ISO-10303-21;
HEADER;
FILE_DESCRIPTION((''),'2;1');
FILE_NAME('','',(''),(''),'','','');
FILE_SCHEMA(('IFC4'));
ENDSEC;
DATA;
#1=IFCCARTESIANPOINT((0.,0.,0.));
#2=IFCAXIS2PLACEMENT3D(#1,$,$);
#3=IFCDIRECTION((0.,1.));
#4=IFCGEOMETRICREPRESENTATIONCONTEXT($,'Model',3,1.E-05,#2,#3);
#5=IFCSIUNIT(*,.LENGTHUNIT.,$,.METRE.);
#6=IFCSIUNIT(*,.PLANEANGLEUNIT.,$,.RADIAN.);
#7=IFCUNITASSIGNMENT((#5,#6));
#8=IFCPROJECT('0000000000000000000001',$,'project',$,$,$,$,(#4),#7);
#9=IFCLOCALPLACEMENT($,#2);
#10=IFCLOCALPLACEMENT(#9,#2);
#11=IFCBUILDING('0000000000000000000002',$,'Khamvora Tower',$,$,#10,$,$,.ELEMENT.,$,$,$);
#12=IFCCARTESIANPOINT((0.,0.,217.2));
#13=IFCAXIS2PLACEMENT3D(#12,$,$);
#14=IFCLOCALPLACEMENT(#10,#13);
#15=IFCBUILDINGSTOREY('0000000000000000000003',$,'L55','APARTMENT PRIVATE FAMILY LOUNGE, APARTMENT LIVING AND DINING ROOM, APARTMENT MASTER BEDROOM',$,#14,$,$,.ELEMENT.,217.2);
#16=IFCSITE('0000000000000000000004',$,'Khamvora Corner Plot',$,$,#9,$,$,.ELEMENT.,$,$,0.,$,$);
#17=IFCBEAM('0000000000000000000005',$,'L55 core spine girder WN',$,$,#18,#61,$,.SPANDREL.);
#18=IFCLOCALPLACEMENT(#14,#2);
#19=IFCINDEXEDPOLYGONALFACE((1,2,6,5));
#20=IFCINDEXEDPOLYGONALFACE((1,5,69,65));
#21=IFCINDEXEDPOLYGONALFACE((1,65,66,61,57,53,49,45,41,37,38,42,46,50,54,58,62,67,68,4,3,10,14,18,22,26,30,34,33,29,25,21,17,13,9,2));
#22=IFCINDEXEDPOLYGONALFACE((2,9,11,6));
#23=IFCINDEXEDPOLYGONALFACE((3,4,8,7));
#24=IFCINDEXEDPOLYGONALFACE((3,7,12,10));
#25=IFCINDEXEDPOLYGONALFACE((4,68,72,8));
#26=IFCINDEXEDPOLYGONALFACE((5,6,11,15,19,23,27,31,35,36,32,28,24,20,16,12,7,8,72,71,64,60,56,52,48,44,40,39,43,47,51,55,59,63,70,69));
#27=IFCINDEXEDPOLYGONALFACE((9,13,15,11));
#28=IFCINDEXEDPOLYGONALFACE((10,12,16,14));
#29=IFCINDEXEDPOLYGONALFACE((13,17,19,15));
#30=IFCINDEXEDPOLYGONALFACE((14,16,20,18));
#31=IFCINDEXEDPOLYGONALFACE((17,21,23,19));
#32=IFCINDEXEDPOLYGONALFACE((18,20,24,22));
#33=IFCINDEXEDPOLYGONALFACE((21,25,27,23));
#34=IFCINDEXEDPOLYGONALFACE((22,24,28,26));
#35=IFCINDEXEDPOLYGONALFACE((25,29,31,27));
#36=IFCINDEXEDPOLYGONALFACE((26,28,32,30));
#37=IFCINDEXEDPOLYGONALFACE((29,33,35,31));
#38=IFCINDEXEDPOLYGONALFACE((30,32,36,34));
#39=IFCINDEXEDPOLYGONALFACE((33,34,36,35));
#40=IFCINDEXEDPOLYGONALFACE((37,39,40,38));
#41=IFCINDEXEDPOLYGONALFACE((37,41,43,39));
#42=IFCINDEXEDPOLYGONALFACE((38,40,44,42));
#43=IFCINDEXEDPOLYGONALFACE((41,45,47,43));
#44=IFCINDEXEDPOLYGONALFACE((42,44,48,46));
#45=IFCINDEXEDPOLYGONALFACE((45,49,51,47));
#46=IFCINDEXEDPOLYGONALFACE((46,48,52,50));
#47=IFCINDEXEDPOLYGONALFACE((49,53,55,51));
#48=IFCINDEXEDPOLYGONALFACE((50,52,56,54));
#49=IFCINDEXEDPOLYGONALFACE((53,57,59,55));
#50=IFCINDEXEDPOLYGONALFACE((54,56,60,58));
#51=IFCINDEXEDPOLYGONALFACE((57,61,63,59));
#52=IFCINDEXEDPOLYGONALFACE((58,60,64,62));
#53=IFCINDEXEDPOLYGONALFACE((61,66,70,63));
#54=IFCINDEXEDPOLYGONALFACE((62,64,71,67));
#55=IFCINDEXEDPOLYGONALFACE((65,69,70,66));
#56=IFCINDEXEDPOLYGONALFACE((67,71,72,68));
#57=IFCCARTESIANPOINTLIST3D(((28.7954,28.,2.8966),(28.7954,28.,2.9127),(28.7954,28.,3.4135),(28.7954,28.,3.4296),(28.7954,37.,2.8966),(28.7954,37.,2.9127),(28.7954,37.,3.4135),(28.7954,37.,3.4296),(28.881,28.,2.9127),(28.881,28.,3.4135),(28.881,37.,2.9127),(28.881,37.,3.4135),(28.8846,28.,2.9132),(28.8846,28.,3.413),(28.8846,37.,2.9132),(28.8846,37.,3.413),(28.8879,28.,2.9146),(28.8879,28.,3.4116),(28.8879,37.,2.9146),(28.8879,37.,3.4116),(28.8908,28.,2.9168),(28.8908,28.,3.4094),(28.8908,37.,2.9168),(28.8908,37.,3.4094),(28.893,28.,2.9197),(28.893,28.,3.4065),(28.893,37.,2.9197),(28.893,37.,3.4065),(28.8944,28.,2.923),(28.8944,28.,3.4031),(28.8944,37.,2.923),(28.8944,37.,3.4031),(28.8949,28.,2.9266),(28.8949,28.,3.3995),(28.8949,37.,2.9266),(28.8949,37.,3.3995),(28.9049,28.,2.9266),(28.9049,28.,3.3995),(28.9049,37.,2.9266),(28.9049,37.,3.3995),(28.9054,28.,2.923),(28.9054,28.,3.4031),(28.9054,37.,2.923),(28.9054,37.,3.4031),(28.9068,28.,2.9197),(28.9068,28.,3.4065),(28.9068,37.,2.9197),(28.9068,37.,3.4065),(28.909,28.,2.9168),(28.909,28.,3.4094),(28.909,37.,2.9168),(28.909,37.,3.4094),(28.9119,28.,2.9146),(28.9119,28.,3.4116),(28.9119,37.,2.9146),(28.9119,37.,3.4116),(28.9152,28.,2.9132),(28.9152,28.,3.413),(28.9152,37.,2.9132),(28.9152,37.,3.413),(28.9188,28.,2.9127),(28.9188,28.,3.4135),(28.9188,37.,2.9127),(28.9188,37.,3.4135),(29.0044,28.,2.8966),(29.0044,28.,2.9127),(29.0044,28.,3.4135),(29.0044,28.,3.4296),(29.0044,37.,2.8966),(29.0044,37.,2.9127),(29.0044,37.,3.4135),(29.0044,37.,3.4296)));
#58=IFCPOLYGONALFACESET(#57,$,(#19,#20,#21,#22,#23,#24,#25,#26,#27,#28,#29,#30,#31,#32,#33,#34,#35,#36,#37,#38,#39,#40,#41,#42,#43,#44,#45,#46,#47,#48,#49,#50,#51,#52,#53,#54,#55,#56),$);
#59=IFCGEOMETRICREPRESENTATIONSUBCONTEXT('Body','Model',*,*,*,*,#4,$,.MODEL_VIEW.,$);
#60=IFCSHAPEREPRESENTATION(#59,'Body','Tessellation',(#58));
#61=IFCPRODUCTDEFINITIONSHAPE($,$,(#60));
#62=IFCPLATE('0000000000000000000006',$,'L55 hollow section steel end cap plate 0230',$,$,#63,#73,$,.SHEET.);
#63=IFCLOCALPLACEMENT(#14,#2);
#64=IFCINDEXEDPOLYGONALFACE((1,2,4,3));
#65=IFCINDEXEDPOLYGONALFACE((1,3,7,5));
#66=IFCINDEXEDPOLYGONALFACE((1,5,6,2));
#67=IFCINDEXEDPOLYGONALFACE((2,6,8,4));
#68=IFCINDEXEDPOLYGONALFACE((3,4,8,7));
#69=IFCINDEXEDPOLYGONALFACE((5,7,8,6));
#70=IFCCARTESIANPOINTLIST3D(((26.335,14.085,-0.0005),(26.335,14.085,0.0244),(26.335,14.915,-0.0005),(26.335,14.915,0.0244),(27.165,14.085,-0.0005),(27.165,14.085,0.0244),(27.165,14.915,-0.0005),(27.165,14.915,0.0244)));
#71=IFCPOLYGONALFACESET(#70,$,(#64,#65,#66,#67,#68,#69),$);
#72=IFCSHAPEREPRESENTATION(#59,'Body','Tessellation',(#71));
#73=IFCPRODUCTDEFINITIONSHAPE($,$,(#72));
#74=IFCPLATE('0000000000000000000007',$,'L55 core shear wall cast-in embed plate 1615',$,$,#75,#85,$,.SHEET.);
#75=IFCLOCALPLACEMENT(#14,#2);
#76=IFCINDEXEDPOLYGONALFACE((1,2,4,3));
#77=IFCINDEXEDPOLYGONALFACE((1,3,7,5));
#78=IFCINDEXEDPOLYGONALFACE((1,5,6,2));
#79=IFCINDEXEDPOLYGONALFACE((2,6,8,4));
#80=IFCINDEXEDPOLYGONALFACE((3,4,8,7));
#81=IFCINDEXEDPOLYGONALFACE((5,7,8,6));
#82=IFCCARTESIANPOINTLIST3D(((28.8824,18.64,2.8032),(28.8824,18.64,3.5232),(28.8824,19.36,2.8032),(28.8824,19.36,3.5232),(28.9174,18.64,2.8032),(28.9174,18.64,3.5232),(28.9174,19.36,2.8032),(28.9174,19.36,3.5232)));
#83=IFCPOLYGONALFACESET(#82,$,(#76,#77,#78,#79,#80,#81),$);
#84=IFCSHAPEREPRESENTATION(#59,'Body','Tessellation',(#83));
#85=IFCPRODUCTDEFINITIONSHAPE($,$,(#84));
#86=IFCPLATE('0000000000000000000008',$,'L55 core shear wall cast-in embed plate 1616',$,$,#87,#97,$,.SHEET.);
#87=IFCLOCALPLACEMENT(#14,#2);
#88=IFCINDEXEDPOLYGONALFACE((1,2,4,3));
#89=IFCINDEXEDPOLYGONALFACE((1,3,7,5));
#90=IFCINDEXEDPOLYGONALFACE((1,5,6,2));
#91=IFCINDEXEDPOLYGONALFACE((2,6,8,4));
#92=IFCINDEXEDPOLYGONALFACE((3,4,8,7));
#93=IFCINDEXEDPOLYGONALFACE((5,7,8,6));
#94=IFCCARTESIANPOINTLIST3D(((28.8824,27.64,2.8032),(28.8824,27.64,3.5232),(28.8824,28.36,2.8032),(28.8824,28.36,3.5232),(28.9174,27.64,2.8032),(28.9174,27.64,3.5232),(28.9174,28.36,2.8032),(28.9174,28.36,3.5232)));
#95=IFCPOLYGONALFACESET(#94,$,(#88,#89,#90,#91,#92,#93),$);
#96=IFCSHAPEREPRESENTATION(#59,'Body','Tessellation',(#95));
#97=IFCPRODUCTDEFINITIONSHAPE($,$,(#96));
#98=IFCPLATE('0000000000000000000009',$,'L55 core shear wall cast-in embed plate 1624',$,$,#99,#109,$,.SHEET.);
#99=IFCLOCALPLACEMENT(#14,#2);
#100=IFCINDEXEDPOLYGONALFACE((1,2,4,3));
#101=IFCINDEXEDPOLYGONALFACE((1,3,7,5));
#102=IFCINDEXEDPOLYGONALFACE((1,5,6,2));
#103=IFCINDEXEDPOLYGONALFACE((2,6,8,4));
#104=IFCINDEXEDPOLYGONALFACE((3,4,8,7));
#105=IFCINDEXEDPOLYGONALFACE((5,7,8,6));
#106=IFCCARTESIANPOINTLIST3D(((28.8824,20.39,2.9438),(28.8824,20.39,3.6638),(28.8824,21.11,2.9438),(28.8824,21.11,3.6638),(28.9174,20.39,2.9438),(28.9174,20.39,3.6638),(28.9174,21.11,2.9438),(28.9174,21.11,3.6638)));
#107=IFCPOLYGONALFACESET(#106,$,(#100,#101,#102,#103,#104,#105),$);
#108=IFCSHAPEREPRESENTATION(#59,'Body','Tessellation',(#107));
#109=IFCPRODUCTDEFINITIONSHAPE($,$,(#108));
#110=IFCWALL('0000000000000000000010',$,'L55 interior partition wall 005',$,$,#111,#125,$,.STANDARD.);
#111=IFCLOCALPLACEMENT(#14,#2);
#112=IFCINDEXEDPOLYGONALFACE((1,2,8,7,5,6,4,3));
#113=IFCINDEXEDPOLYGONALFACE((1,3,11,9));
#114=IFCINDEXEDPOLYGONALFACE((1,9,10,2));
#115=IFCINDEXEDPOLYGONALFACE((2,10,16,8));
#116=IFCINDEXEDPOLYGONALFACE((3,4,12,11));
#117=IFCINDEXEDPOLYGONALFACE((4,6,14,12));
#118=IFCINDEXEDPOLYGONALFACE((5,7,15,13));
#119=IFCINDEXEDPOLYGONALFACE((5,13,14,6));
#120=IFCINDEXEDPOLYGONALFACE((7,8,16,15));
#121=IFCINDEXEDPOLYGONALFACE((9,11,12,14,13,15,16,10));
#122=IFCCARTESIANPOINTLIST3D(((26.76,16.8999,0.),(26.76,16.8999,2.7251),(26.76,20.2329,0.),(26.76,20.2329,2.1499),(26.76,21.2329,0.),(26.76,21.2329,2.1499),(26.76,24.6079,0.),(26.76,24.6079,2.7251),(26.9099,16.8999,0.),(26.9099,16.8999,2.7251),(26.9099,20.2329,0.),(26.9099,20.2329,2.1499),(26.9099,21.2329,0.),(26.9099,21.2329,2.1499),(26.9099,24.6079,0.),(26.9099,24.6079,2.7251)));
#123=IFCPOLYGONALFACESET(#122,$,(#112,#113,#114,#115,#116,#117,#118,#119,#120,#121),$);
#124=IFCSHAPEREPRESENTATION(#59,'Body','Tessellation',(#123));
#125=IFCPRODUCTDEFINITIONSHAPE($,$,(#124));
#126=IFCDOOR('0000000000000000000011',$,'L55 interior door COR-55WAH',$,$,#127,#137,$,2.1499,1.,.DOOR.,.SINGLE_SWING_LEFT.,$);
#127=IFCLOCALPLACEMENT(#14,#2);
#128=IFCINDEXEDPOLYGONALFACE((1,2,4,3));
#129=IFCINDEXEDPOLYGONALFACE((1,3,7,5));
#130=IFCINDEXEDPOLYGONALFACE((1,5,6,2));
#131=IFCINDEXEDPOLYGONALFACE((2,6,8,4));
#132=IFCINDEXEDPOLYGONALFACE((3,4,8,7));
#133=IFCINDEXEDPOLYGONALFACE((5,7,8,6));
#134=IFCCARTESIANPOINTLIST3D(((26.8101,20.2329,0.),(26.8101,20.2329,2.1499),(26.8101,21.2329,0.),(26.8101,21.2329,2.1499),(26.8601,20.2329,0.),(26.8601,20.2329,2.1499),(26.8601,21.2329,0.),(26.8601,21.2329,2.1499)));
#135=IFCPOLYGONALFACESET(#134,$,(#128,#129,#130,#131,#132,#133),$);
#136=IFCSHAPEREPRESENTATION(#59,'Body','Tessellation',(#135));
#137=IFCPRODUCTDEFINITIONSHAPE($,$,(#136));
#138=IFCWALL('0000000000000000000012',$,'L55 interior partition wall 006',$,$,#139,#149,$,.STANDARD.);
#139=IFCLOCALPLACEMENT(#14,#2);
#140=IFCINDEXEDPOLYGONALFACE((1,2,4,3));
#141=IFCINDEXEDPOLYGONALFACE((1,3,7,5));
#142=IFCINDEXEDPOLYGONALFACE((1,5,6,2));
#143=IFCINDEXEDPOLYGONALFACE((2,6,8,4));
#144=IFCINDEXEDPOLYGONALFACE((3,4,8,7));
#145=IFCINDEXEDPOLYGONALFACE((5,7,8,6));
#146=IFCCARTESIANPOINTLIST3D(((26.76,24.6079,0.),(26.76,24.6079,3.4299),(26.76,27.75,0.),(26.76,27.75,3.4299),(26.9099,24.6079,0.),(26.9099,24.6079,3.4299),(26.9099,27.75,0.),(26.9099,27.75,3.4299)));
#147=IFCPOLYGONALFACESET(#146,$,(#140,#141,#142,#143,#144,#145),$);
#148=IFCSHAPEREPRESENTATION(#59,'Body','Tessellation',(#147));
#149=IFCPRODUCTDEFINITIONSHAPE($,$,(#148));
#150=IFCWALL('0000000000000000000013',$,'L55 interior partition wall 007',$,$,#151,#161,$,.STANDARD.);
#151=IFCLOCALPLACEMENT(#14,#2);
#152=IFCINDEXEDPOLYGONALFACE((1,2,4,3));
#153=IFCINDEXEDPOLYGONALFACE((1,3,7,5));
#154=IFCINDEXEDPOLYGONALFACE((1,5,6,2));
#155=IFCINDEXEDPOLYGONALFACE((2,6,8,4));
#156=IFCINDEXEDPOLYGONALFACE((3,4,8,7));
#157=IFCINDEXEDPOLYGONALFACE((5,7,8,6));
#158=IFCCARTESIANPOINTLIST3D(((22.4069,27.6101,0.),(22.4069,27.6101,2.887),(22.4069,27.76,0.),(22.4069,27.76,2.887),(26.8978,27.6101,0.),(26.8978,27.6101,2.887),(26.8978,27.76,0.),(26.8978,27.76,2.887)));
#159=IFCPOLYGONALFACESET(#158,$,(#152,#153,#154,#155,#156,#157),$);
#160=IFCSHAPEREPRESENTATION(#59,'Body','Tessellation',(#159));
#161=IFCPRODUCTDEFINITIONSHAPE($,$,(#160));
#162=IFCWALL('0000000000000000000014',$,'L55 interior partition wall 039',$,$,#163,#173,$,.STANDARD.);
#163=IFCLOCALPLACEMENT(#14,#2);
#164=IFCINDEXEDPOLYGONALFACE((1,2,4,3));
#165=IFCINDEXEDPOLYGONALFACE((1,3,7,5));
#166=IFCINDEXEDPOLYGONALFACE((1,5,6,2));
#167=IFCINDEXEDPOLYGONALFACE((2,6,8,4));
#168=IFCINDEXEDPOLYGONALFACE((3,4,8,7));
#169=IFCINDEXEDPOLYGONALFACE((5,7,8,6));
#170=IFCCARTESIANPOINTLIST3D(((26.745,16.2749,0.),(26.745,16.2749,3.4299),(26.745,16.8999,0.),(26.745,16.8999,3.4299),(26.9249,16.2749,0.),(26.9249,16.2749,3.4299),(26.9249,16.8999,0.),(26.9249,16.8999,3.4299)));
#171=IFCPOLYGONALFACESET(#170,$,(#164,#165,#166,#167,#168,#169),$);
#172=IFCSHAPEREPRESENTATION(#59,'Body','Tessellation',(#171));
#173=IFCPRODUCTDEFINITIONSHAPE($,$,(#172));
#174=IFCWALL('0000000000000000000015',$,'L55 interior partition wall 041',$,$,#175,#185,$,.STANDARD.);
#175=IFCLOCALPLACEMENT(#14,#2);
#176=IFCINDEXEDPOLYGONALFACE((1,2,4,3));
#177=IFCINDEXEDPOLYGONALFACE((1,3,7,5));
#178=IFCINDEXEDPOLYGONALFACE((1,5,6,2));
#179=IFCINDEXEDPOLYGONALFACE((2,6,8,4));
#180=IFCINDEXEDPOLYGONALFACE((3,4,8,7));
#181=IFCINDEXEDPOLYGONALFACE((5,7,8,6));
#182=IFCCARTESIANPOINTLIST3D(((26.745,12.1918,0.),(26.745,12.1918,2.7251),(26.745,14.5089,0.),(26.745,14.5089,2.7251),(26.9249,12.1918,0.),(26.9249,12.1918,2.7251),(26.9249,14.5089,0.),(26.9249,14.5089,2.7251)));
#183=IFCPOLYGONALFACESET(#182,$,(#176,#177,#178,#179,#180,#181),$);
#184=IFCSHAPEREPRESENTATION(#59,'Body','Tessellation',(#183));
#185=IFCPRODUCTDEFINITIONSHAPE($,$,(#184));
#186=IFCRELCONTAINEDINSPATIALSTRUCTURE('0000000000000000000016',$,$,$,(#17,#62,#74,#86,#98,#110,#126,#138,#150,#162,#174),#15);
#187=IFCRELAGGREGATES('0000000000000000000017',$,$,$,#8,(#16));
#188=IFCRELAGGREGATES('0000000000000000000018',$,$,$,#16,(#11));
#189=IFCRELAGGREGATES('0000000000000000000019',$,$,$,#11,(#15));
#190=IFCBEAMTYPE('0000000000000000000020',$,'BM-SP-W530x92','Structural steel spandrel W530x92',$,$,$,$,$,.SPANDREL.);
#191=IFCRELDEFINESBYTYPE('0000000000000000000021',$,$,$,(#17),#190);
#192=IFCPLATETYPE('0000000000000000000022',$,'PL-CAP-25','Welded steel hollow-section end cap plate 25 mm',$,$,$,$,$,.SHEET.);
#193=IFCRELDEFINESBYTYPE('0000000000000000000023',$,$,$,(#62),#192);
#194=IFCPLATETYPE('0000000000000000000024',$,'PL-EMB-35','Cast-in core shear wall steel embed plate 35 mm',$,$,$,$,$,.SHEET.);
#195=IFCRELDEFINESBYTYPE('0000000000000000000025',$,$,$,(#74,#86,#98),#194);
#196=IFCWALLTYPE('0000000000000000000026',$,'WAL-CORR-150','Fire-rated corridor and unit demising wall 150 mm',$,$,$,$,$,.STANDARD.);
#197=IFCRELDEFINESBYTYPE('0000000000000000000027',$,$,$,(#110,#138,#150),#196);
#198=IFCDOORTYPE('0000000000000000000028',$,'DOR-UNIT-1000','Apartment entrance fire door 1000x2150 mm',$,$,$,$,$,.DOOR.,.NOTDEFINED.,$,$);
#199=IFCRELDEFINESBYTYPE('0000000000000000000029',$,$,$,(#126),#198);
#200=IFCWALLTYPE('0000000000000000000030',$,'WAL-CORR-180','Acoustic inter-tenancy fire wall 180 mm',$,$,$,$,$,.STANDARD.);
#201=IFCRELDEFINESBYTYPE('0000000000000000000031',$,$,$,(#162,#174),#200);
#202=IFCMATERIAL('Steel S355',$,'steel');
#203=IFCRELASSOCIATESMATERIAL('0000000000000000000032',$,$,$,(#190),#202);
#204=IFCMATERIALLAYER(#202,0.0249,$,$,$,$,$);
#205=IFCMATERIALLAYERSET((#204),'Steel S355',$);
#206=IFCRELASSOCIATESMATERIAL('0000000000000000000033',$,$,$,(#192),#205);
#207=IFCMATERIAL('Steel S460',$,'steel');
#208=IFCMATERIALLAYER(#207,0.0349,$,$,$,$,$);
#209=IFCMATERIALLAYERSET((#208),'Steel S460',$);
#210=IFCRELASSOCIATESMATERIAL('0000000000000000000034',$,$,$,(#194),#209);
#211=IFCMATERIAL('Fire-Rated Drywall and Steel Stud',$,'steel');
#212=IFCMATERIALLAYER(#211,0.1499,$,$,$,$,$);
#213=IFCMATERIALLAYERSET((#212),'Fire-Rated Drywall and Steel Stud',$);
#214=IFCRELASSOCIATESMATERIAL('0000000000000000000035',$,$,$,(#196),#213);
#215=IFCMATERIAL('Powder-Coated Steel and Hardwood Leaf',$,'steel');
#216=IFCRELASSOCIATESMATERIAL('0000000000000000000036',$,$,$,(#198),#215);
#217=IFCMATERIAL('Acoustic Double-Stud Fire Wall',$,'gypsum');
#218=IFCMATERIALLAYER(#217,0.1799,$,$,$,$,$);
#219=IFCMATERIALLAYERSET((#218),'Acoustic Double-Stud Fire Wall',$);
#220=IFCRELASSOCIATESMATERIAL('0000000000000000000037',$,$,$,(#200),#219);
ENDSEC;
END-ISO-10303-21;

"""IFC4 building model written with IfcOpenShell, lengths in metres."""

from ifc_helpers import new_model, si_unit, direction, frame, frame_2d, origin, origin_2d, place, context, subcontext, project, spatial, rectangle, i_section, extrude, material, layer, layer_set, material_profile, profile_set, type_object, element, fill, save


model = new_model("IFC4")

# Units and contexts
model_context = context("Model", 3, precision=1e-05, world=origin(), true_north=direction((0.0, 1.0)))
body_context = subcontext(model_context, "Body", "Model", "MODEL_VIEW")
ifc_project = project(units=[si_unit("LENGTHUNIT", "METRE"), si_unit("PLANEANGLEUNIT", "RADIAN")], contexts=[model_context])

# Site, building, storey
site_placement = place(None, origin())
site = spatial("IfcSite", under=ifc_project, at=site_placement, Name="Khamvora Corner Plot", CompositionType="ELEMENT", RefElevation=0.0)
building_placement = place(site_placement, origin())
building = spatial("IfcBuilding", under=site, at=building_placement, Name="Khamvora Tower", CompositionType="ELEMENT")
storey_placement = place(building_placement, frame((0.0, 0.0, 217.2)))
storey = spatial("IfcBuildingStorey", under=building, at=storey_placement, Name="L55", Description="APARTMENT PRIVATE FAMILY LOUNGE, APARTMENT LIVING AND DINING ROOM, APARTMENT MASTER BEDROOM", CompositionType="ELEMENT", Elevation=217.2)

# Shared definitions
ifc_material_1 = material(Name="Steel S460", Category="steel")

# Beam
ifc_material_2 = material(Name="Steel S355", Category="steel")
ifc_material_profile_1 = material_profile(ifc_material_2, i_section(OverallWidth=0.209, OverallDepth=0.533, WebThickness=0.01, FlangeThickness=0.0161, FilletRadius=0.0139, at=origin_2d()), Name="W530x92")
ifc_profile_set_1 = profile_set([ifc_material_profile_1], Name="Steel S355")
beam_type_1 = type_object("IfcBeamType", Name="BM-SP-W530x92", Description="Structural steel spandrel W530x92", PredefinedType="SPANDREL", material=ifc_profile_set_1)
for number, where, z_axis, x_axis, name in (
    (1, (28.8999, 28.0, 3.1631), (0.0, 1.0, 0.0), (-1.0, 0.0, 0.0), "L55 core spine girder WN"),
):
    element("IfcBeam", number, at=place(storey_placement, frame(where, z_axis=z_axis, x_axis=x_axis)), inside=storey, type_object=beam_type_1, Name=name, PredefinedType="SPANDREL", context=body_context, shape_type="SweptSolid", body=[
        extrude(i_section(OverallWidth=0.209, OverallDepth=0.533, WebThickness=0.01, FlangeThickness=0.0161, FilletRadius=0.0139, at=origin_2d()), origin(), (0.0, 0.0, 1.0), 9.0),
    ])

# Plates
ifc_layer_1 = layer(ifc_material_2, 0.0249)
ifc_layer_set_1 = layer_set([ifc_layer_1], Name="Steel S355")
plate_type_1 = type_object("IfcPlateType", Name="PL-CAP-25", Description="Welded steel hollow-section end cap plate 25 mm", PredefinedType="SHEET", material=ifc_layer_set_1)
plate_placement = place(storey_placement, frame((26.75, 14.5, -0.0005), z_axis=(0.0, 0.0, 1.0), x_axis=(1.0, 0.0, 0.0)))
element("IfcPlate", 2, at=plate_placement, inside=storey, type_object=plate_type_1, Name="L55 hollow section steel end cap plate 0230", PredefinedType="SHEET", context=body_context, shape_type="SweptSolid", body=[
    extrude(rectangle(XDim=0.8301, YDim=0.8301, at=origin_2d()), origin(), (0.0, 0.0, 1.0), 0.0249),
])
ifc_layer_2 = layer(ifc_material_1, 0.0349)
ifc_layer_set_2 = layer_set([ifc_layer_2], Name="Steel S460")
plate_type_2 = type_object("IfcPlateType", Name="PL-EMB-35", Description="Cast-in core shear wall steel embed plate 35 mm", PredefinedType="SHEET", material=ifc_layer_set_2)
for number, where, z_axis, x_axis, name in (
    (3, (28.8999, 19.0, 2.8032), (0.0, 0.0, 1.0), (1.0, 0.0, 0.0), "L55 core shear wall cast-in embed plate 1615"),
    (4, (28.8999, 28.0, 2.8032), (0.0, 0.0, 1.0), (1.0, 0.0, 0.0), "L55 core shear wall cast-in embed plate 1616"),
    (5, (28.8999, 20.75, 2.9438), (0.0, 0.0, 1.0), (1.0, 0.0, 0.0), "L55 core shear wall cast-in embed plate 1624"),
):
    element("IfcPlate", number, at=place(storey_placement, frame(where, z_axis=z_axis, x_axis=x_axis)), inside=storey, type_object=plate_type_2, Name=name, PredefinedType="SHEET", context=body_context, shape_type="SweptSolid", body=[
        extrude(rectangle(XDim=0.0349, YDim=0.72, at=origin_2d()), origin(), (0.0, 0.0, 1.0), 0.72),
    ])

# Wall, opening, door
ifc_material_3 = material(Name="Fire-Rated Drywall and Steel Stud", Category="steel")
ifc_layer_3 = layer(ifc_material_3, 0.1499)
ifc_layer_set_3 = layer_set([ifc_layer_3], Name="Fire-Rated Drywall and Steel Stud")
wall_type_1 = type_object("IfcWallType", Name="WAL-CORR-150", Description="Fire-rated corridor and unit demising wall 150 mm", PredefinedType="STANDARD", material=ifc_layer_set_3)
wall_1_placement = place(storey_placement, frame((26.835, 16.8999, 0.0), z_axis=(0.0, 0.0, 1.0), x_axis=(0.0, 1.0, 0.0)))
wall_1 = element("IfcWall", 6, at=wall_1_placement, inside=storey, type_object=wall_type_1, Name="L55 interior partition wall 005", PredefinedType="STANDARD", context=body_context, shape_type="SweptSolid", body=[
    extrude(rectangle(XDim=7.708, YDim=0.1499, at=frame_2d((3.854, 0.0))), origin(), (0.0, 0.0, 1.0), 2.7251),
])
opening_1_placement = place(wall_1_placement, frame((3.333, 0.0, 0.0)))
opening_1 = element("IfcOpeningElement", 7, at=opening_1_placement, cuts=wall_1, PredefinedType="OPENING", context=body_context, shape_type="SweptSolid", body=[
    extrude(rectangle(XDim=1.0, YDim=2.1499, at=frame_2d((0.5, 1.075))), frame((0.0, 0.085, 0.0), z_axis=(0.0, -1.0, 0.0), x_axis=(1.0, 0.0, 0.0)), (0.0, 0.0, 1.0), 0.1699),
])
ifc_material_4 = material(Name="Powder-Coated Steel and Hardwood Leaf", Category="steel")
door_type_1 = type_object("IfcDoorType", Name="DOR-UNIT-1000", Description="Apartment entrance fire door 1000x2150 mm", OperationType="NOTDEFINED", PredefinedType="DOOR", material=ifc_material_4)
door_1_placement = place(opening_1_placement, origin())
door_1 = element("IfcDoor", 8, at=door_1_placement, inside=storey, type_object=door_type_1, Name="L55 interior door COR-55WAH", OperationType="SINGLE_SWING_LEFT", OverallHeight=2.1499, OverallWidth=1.0, PredefinedType="DOOR", context=body_context, shape_type="SweptSolid", body=[
    extrude(rectangle(XDim=1.0, YDim=2.1499, at=frame_2d((0.5, 1.075))), frame((0.0, 0.0249, 0.0), z_axis=(0.0, -1.0, 0.0), x_axis=(1.0, 0.0, 0.0)), (0.0, 0.0, 1.0), 0.05),
])
fill(opening_1, door_1)

# Walls
wall_2_placement = place(storey_placement, frame((26.835, 24.6079, 0.0), z_axis=(0.0, 0.0, 1.0), x_axis=(0.0, 1.0, 0.0)))
element("IfcWall", 9, at=wall_2_placement, inside=storey, type_object=wall_type_1, Name="L55 interior partition wall 006", PredefinedType="STANDARD", context=body_context, shape_type="SweptSolid", body=[
    extrude(rectangle(XDim=3.1421, YDim=0.1499, at=frame_2d((1.571, 0.0))), origin(), (0.0, 0.0, 1.0), 3.4299),
])
wall_3_placement = place(storey_placement, frame((26.8979, 27.6851, 0.0), z_axis=(0.0, 0.0, 1.0), x_axis=(-1.0, 0.0, 0.0)))
element("IfcWall", 10, at=wall_3_placement, inside=storey, type_object=wall_type_1, Name="L55 interior partition wall 007", PredefinedType="STANDARD", context=body_context, shape_type="SweptSolid", body=[
    extrude(rectangle(XDim=4.491, YDim=0.1499, at=frame_2d((2.2456, 0.0))), origin(), (0.0, 0.0, 1.0), 2.887),
])
ifc_material_5 = material(Name="Acoustic Double-Stud Fire Wall", Category="gypsum")
ifc_layer_4 = layer(ifc_material_5, 0.1799)
ifc_layer_set_4 = layer_set([ifc_layer_4], Name="Acoustic Double-Stud Fire Wall")
wall_type_2 = type_object("IfcWallType", Name="WAL-CORR-180", Description="Acoustic inter-tenancy fire wall 180 mm", PredefinedType="STANDARD", material=ifc_layer_set_4)
wall_4_placement = place(storey_placement, frame((26.835, 16.8999, 0.0), z_axis=(0.0, 0.0, 1.0), x_axis=(0.0, -1.0, 0.0)))
element("IfcWall", 11, at=wall_4_placement, inside=storey, type_object=wall_type_2, Name="L55 interior partition wall 039", PredefinedType="STANDARD", context=body_context, shape_type="SweptSolid", body=[
    extrude(rectangle(XDim=0.625, YDim=0.1799, at=frame_2d((0.3125, 0.0))), origin(), (0.0, 0.0, 1.0), 3.4299),
])
wall_5_placement = place(storey_placement, frame((26.835, 14.509, 0.0), z_axis=(0.0, 0.0, 1.0), x_axis=(0.0, -1.0, 0.0)))
element("IfcWall", 12, at=wall_5_placement, inside=storey, type_object=wall_type_2, Name="L55 interior partition wall 041", PredefinedType="STANDARD", context=body_context, shape_type="SweptSolid", body=[
    extrude(rectangle(XDim=2.3171, YDim=0.1799, at=frame_2d((1.1587, 0.0))), origin(), (0.0, 0.0, 1.0), 2.7251),
])

save(model, "model.ifc")
